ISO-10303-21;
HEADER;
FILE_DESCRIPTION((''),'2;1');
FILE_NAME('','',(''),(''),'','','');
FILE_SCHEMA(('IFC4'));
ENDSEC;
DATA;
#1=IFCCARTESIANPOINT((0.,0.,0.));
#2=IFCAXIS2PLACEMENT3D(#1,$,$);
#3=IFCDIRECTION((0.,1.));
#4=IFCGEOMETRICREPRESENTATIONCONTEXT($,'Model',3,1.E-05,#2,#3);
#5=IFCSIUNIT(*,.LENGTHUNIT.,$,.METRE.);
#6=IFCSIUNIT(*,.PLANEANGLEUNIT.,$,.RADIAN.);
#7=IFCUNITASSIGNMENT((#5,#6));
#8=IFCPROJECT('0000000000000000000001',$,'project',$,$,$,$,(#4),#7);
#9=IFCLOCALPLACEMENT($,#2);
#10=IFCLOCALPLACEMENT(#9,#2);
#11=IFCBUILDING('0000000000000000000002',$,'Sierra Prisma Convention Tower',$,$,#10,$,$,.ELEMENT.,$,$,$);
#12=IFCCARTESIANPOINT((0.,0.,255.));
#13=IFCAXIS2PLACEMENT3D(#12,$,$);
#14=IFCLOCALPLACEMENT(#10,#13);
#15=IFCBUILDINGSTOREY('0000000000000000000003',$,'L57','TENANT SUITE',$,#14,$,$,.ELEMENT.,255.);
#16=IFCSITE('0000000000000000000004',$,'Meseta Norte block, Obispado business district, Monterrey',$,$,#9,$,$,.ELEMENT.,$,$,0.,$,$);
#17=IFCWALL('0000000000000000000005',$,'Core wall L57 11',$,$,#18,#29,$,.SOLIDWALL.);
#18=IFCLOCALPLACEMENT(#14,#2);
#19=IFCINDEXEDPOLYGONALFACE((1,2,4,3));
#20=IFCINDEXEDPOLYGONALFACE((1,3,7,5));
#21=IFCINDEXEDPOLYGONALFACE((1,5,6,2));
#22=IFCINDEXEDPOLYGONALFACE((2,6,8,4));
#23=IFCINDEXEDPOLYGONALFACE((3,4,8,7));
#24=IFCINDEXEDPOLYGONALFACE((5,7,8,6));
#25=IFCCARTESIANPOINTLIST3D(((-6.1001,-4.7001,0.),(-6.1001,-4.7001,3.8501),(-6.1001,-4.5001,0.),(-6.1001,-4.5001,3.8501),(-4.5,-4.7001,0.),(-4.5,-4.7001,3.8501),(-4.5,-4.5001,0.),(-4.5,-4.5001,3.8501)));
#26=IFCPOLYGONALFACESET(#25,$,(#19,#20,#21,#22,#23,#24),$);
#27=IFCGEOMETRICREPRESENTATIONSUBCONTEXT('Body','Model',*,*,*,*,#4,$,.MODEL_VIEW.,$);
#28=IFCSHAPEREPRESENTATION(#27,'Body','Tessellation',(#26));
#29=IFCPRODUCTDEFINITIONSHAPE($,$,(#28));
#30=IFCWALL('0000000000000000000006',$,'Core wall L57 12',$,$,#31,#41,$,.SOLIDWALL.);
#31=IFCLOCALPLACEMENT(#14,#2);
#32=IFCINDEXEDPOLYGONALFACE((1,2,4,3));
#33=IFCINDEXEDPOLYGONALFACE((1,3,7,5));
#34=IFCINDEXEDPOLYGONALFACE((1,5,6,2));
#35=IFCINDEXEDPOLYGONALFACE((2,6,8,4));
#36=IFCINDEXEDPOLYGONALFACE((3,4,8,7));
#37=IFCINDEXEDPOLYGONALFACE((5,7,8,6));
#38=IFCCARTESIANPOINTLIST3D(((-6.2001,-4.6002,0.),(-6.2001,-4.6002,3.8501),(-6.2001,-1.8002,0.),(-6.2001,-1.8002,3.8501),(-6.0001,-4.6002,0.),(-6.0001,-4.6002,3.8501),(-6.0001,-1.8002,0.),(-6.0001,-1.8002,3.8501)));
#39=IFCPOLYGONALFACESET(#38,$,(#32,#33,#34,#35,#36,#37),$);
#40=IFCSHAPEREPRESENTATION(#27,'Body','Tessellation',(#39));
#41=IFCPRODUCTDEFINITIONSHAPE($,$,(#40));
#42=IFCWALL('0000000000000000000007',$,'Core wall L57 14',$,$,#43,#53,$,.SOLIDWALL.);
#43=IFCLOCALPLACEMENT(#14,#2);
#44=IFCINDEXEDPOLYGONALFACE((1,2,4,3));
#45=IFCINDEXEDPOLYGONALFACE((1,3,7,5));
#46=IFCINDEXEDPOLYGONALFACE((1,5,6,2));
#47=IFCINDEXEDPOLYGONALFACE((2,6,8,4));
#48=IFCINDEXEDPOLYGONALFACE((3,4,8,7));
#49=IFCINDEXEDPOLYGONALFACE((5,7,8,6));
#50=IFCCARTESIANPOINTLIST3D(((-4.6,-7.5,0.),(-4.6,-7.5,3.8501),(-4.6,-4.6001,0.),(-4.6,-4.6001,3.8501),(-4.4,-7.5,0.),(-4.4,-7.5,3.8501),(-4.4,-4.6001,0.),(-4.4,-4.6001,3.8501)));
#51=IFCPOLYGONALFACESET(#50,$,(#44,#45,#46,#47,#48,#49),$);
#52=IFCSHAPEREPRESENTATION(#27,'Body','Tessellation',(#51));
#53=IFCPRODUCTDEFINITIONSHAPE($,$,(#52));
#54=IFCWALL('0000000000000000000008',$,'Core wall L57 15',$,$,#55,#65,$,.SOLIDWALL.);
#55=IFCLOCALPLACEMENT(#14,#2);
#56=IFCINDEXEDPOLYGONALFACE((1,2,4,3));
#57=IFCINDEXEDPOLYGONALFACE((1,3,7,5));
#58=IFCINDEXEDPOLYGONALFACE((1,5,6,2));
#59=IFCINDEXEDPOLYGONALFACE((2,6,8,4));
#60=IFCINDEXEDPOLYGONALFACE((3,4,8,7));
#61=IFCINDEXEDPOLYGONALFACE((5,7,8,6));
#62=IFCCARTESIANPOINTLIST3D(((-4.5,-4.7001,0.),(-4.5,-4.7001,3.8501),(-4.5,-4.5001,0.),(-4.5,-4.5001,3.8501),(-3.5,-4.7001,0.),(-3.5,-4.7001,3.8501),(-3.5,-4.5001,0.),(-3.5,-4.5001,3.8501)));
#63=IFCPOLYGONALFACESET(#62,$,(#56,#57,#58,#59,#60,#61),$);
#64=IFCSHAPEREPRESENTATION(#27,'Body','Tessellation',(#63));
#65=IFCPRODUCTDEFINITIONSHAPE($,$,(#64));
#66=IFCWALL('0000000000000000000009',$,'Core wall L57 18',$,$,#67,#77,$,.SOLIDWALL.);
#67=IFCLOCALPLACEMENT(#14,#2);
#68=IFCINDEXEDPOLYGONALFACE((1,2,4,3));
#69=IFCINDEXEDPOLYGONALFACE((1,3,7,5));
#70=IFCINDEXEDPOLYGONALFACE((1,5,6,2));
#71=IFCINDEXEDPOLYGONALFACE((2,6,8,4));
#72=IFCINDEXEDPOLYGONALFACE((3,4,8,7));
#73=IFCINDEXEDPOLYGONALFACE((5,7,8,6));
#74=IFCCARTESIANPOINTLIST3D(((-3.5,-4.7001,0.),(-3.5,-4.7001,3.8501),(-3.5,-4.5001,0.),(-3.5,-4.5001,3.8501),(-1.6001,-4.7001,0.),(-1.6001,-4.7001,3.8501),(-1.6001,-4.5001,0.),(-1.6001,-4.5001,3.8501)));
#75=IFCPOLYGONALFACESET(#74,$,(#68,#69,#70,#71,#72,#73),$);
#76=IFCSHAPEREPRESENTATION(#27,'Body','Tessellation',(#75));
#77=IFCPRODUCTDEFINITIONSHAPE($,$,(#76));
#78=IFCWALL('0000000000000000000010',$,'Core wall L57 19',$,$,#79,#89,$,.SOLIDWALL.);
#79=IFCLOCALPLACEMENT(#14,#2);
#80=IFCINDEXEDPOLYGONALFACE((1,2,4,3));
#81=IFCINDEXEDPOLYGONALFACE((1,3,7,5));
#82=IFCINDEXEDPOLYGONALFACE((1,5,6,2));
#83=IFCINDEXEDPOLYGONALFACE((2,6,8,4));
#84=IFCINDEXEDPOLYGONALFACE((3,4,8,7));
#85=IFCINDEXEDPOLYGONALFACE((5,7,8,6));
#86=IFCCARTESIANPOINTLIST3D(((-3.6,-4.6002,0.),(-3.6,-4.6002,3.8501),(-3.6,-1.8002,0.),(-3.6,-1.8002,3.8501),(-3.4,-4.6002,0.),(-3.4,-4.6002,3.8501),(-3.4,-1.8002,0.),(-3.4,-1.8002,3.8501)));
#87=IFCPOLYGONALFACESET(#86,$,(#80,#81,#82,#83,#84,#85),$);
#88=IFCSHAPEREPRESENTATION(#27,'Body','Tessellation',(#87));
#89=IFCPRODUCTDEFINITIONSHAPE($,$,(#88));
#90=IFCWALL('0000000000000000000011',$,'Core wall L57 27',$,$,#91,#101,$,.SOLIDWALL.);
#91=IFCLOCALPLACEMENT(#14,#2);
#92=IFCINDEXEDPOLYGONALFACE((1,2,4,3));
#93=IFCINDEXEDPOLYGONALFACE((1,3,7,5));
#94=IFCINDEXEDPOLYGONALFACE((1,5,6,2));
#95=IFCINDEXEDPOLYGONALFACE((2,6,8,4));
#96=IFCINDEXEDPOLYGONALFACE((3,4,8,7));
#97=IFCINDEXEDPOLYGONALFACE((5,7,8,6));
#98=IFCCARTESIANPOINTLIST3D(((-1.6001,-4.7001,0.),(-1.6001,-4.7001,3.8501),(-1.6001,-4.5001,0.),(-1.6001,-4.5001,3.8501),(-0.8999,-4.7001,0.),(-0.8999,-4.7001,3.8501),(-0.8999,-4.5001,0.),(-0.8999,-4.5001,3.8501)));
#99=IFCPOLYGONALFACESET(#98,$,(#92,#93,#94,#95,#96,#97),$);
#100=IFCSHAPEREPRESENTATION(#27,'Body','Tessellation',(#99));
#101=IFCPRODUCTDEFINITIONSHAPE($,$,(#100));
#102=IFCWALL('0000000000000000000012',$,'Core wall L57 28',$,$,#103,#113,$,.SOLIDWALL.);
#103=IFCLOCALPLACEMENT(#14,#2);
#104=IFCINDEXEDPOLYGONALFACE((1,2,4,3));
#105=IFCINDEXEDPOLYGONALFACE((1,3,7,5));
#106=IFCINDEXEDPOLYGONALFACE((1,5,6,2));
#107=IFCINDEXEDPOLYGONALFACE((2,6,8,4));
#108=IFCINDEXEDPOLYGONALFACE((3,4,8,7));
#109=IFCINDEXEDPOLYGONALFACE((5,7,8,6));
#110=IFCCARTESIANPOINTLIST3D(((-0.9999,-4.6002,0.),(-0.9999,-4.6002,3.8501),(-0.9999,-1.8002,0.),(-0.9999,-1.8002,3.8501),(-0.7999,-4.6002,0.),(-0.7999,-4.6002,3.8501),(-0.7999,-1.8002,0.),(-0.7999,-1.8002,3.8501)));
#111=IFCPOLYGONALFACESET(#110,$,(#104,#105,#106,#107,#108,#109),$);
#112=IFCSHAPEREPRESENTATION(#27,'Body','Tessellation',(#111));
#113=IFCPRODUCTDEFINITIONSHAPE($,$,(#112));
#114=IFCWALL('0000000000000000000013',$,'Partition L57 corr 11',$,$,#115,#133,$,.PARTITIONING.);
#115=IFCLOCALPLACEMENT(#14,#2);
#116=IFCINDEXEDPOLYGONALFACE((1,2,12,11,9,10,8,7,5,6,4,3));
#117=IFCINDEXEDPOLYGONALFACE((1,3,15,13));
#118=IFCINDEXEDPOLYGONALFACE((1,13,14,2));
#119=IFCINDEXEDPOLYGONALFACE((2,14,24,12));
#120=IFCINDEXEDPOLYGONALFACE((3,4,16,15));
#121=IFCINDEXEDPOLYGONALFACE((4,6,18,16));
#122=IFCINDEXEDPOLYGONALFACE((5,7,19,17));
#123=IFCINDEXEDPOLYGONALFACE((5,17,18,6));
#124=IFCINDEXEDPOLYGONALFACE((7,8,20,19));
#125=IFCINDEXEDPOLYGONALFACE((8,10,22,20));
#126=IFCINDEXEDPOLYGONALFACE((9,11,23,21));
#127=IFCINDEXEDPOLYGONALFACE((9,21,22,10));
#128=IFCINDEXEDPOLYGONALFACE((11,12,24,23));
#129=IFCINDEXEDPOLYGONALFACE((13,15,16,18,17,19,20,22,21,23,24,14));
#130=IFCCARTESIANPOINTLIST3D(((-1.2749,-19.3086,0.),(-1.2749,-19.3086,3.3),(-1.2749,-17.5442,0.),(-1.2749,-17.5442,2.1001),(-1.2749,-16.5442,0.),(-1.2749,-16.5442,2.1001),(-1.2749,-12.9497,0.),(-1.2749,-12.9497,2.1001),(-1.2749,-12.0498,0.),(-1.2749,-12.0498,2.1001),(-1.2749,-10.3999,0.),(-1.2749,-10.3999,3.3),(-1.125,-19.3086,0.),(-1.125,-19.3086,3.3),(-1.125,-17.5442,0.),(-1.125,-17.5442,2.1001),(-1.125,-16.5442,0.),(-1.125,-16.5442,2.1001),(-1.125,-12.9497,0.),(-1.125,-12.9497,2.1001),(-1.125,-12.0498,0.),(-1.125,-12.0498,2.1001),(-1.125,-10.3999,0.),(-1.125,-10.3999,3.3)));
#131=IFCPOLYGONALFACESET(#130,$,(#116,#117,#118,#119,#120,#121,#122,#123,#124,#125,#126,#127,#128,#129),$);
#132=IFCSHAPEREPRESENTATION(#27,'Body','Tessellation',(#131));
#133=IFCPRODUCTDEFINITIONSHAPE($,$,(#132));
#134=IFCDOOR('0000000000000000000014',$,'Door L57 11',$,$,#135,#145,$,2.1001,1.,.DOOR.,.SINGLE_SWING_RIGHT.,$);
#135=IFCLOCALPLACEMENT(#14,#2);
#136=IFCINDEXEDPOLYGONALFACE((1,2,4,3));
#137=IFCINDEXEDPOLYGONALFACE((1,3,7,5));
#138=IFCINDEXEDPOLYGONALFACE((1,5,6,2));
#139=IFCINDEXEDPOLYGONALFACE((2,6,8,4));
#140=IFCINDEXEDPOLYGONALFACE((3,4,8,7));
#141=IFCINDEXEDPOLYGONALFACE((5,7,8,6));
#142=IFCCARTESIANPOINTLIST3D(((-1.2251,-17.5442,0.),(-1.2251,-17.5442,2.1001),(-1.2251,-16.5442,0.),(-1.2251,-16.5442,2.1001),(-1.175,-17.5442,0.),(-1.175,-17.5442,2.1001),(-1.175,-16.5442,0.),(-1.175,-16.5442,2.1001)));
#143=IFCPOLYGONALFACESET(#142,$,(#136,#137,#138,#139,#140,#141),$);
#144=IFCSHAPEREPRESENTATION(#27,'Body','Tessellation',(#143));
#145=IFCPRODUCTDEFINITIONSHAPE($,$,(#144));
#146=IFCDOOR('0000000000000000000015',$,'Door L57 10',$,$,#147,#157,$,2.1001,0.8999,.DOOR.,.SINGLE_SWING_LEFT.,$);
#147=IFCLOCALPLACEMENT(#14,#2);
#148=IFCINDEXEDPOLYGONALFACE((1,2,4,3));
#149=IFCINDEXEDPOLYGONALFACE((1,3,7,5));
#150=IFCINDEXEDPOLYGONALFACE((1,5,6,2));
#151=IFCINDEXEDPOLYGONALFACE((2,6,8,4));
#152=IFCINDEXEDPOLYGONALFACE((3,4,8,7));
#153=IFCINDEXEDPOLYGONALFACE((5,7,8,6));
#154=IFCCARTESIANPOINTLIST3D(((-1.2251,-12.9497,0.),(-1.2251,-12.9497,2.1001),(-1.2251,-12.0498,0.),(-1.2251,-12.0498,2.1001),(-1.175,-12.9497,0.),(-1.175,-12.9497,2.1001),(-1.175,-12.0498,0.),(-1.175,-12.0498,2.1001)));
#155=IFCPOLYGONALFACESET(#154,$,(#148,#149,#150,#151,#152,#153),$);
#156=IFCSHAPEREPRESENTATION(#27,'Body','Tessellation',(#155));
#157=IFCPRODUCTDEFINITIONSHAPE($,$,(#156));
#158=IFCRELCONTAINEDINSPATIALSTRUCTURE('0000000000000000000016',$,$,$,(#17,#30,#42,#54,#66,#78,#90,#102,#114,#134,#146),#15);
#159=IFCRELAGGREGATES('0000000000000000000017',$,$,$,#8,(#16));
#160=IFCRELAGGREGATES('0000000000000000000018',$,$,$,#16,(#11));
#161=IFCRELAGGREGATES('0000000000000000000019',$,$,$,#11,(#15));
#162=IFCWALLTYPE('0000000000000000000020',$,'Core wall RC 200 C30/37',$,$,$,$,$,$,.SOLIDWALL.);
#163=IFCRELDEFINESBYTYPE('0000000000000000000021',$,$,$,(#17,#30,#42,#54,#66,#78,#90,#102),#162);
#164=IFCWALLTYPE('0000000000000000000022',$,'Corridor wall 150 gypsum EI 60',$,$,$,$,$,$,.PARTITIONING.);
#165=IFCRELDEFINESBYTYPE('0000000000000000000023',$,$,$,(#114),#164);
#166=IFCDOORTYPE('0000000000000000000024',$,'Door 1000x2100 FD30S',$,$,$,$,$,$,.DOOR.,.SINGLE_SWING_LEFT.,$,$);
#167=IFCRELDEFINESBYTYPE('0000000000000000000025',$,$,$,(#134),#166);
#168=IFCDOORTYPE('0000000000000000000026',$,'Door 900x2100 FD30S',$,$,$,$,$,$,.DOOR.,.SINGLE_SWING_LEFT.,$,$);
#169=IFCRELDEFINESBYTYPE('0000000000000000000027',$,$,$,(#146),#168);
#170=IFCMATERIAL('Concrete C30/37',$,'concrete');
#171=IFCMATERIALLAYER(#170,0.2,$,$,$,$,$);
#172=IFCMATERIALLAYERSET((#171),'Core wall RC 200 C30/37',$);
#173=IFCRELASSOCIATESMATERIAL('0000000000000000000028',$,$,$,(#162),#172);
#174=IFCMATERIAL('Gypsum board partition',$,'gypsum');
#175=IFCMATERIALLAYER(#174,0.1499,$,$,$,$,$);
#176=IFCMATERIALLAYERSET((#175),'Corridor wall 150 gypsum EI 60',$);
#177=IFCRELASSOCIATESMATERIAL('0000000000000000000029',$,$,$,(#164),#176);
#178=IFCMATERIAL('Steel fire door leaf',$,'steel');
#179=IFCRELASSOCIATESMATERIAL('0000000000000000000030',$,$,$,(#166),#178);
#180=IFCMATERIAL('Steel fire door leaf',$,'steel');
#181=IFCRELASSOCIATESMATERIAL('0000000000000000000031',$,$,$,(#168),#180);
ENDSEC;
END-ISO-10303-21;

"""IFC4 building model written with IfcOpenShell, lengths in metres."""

from ifc_helpers import new_model, si_unit, direction, frame, frame_2d, origin, place, context, subcontext, project, spatial, rectangle, extrude, material, layer, layer_set, type_object, element, fill, save


model = new_model("IFC4")

# Units and contexts
model_context = context("Model", 3, precision=1e-05, world=origin(), true_north=direction((0.0, 1.0)))
body_context = subcontext(model_context, "Body", "Model", "MODEL_VIEW")
ifc_project = project(units=[si_unit("LENGTHUNIT", "METRE"), si_unit("PLANEANGLEUNIT", "RADIAN")], contexts=[model_context])

# Site, building, storey
site_placement = place(None, origin())
site = spatial("IfcSite", under=ifc_project, at=site_placement, Name="Meseta Norte block, Obispado business district, Monterrey", CompositionType="ELEMENT", RefElevation=0.0)
building_placement = place(site_placement, origin())
building = spatial("IfcBuilding", under=site, at=building_placement, Name="Sierra Prisma Convention Tower", CompositionType="ELEMENT")
storey_placement = place(building_placement, frame((0.0, 0.0, 255.0)))
storey = spatial("IfcBuildingStorey", under=building, at=storey_placement, Name="L57", Description="TENANT SUITE", CompositionType="ELEMENT", Elevation=255.0)

# Walls
ifc_material_1 = material(Name="Concrete C30/37", Category="concrete")
ifc_layer_1 = layer(ifc_material_1, 0.2)
ifc_layer_set_1 = layer_set([ifc_layer_1], Name="Core wall RC 200 C30/37")
wall_type_1 = type_object("IfcWallType", Name="Core wall RC 200 C30/37", PredefinedType="SOLIDWALL", material=ifc_layer_set_1)
wall_1_placement = place(storey_placement, frame((-6.1001, -4.6001, 0.0), z_axis=(0.0, 0.0, 1.0), x_axis=(1.0, 0.0, 0.0)))
element("IfcWall", 1, at=wall_1_placement, inside=storey, type_object=wall_type_1, Name="Core wall L57 11", PredefinedType="SOLIDWALL", context=body_context, shape_type="SweptSolid", body=[
    extrude(rectangle(XDim=1.6001, YDim=0.2, at=frame_2d((0.8, 0.0))), origin(), (0.0, 0.0, 1.0), 3.8501),
])
wall_2_placement = place(storey_placement, frame((-6.1001, -4.6001, 0.0), z_axis=(0.0, 0.0, 1.0), x_axis=(0.0, 1.0, 0.0)))
element("IfcWall", 2, at=wall_2_placement, inside=storey, type_object=wall_type_1, Name="Core wall L57 12", PredefinedType="SOLIDWALL", context=body_context, shape_type="SweptSolid", body=[
    extrude(rectangle(XDim=2.8, YDim=0.2, at=frame_2d((1.3999, 0.0))), origin(), (0.0, 0.0, 1.0), 3.8501),
])
wall_3_placement = place(storey_placement, frame((-4.5, -4.6001, 0.0), z_axis=(0.0, 0.0, 1.0), x_axis=(0.0, -1.0, 0.0)))
element("IfcWall", 3, at=wall_3_placement, inside=storey, type_object=wall_type_1, Name="Core wall L57 14", PredefinedType="SOLIDWALL", context=body_context, shape_type="SweptSolid", body=[
    extrude(rectangle(XDim=2.8999, YDim=0.2, at=frame_2d((1.45, 0.0))), origin(), (0.0, 0.0, 1.0), 3.8501),
])
wall_4_placement = place(storey_placement, frame((-4.5, -4.6001, 0.0), z_axis=(0.0, 0.0, 1.0), x_axis=(1.0, 0.0, 0.0)))
element("IfcWall", 4, at=wall_4_placement, inside=storey, type_object=wall_type_1, Name="Core wall L57 15", PredefinedType="SOLIDWALL", context=body_context, shape_type="SweptSolid", body=[
    extrude(rectangle(XDim=1.0, YDim=0.2, at=frame_2d((0.5, 0.0))), origin(), (0.0, 0.0, 1.0), 3.8501),
])
wall_5_placement = place(storey_placement, frame((-3.5, -4.6001, 0.0), z_axis=(0.0, 0.0, 1.0), x_axis=(1.0, 0.0, 0.0)))
element("IfcWall", 5, at=wall_5_placement, inside=storey, type_object=wall_type_1, Name="Core wall L57 18", PredefinedType="SOLIDWALL", context=body_context, shape_type="SweptSolid", body=[
    extrude(rectangle(XDim=1.8999, YDim=0.2, at=frame_2d((0.95, 0.0))), origin(), (0.0, 0.0, 1.0), 3.8501),
])
wall_6_placement = place(storey_placement, frame((-3.5, -4.6001, 0.0), z_axis=(0.0, 0.0, 1.0), x_axis=(0.0, 1.0, 0.0)))
element("IfcWall", 6, at=wall_6_placement, inside=storey, type_object=wall_type_1, Name="Core wall L57 19", PredefinedType="SOLIDWALL", context=body_context, shape_type="SweptSolid", body=[
    extrude(rectangle(XDim=2.8, YDim=0.2, at=frame_2d((1.3999, 0.0))), origin(), (0.0, 0.0, 1.0), 3.8501),
])

# Walls
wall_7_placement = place(storey_placement, frame((-1.6001, -4.6001, 0.0), z_axis=(0.0, 0.0, 1.0), x_axis=(1.0, 0.0, 0.0)))
element("IfcWall", 7, at=wall_7_placement, inside=storey, type_object=wall_type_1, Name="Core wall L57 27", PredefinedType="SOLIDWALL", context=body_context, shape_type="SweptSolid", body=[
    extrude(rectangle(XDim=0.7002, YDim=0.2, at=frame_2d((0.3501, 0.0))), origin(), (0.0, 0.0, 1.0), 3.8501),
])
wall_8_placement = place(storey_placement, frame((-0.8999, -4.6001, 0.0), z_axis=(0.0, 0.0, 1.0), x_axis=(0.0, 1.0, 0.0)))
element("IfcWall", 8, at=wall_8_placement, inside=storey, type_object=wall_type_1, Name="Core wall L57 28", PredefinedType="SOLIDWALL", context=body_context, shape_type="SweptSolid", body=[
    extrude(rectangle(XDim=2.8, YDim=0.2, at=frame_2d((1.3999, 0.0))), origin(), (0.0, 0.0, 1.0), 3.8501),
])

# Wall, openings, doors
ifc_material_2 = material(Name="Gypsum board partition", Category="gypsum")
ifc_layer_2 = layer(ifc_material_2, 0.1499)
ifc_layer_set_2 = layer_set([ifc_layer_2], Name="Corridor wall 150 gypsum EI 60")
wall_type_2 = type_object("IfcWallType", Name="Corridor wall 150 gypsum EI 60", PredefinedType="PARTITIONING", material=ifc_layer_set_2)
wall_9_placement = place(storey_placement, frame((-1.2, -10.3999, 0.0), z_axis=(0.0, 0.0, 1.0), x_axis=(0.0, -1.0, 0.0)))
wall_9 = element("IfcWall", 9, at=wall_9_placement, inside=storey, type_object=wall_type_2, Name="Partition L57 corr 11", PredefinedType="PARTITIONING", context=body_context, shape_type="SweptSolid", body=[
    extrude(rectangle(XDim=8.9087, YDim=0.1499, at=frame_2d((4.4543, 0.0))), origin(), (0.0, 0.0, 1.0), 3.3),
])
opening_1_placement = place(wall_9_placement, frame((1.6499, 0.0, 0.0)))
opening_1 = element("IfcOpeningElement", 10, at=opening_1_placement, cuts=wall_9, PredefinedType="OPENING", context=body_context, shape_type="SweptSolid", body=[
    extrude(rectangle(XDim=0.8999, YDim=2.1001, at=frame_2d((0.45, 1.05))), frame((0.0, 0.075, 0.0), z_axis=(0.0, -1.0, 0.0), x_axis=(1.0, 0.0, 0.0)), (0.0, 0.0, 1.0), 0.1499),
])
opening_2_placement = place(wall_9_placement, frame((6.1443, 0.0, 0.0)))
opening_2 = element("IfcOpeningElement", 11, at=opening_2_placement, cuts=wall_9, PredefinedType="OPENING", context=body_context, shape_type="SweptSolid", body=[
    extrude(rectangle(XDim=1.0, YDim=2.1001, at=frame_2d((0.5, 1.05))), frame((0.0, 0.075, 0.0), z_axis=(0.0, -1.0, 0.0), x_axis=(1.0, 0.0, 0.0)), (0.0, 0.0, 1.0), 0.1499),
])
ifc_material_3 = material(Name="Steel fire door leaf", Category="steel")
door_type_1 = type_object("IfcDoorType", Name="Door 1000x2100 FD30S", OperationType="SINGLE_SWING_LEFT", PredefinedType="DOOR", material=ifc_material_3)
door_1_placement = place(opening_2_placement, origin())
door_1 = element("IfcDoor", 12, at=door_1_placement, inside=storey, type_object=door_type_1, Name="Door L57 11", OperationType="SINGLE_SWING_RIGHT", OverallHeight=2.1001, OverallWidth=1.0, PredefinedType="DOOR", context=body_context, shape_type="SweptSolid", body=[
    extrude(rectangle(XDim=1.0, YDim=2.1001, at=frame_2d((0.5, 1.05))), frame((0.0, 0.0249, 0.0), z_axis=(0.0, -1.0, 0.0), x_axis=(1.0, 0.0, 0.0)), (0.0, 0.0, 1.0), 0.05),
])
fill(opening_2, door_1)
ifc_material_4 = material(Name="Steel fire door leaf", Category="steel")
door_type_2 = type_object("IfcDoorType", Name="Door 900x2100 FD30S", OperationType="SINGLE_SWING_LEFT", PredefinedType="DOOR", material=ifc_material_4)
door_2_placement = place(opening_1_placement, origin())
door_2 = element("IfcDoor", 13, at=door_2_placement, inside=storey, type_object=door_type_2, Name="Door L57 10", OperationType="SINGLE_SWING_LEFT", OverallHeight=2.1001, OverallWidth=0.8999, PredefinedType="DOOR", context=body_context, shape_type="SweptSolid", body=[
    extrude(rectangle(XDim=0.8999, YDim=2.1001, at=frame_2d((0.45, 1.05))), frame((0.0, 0.0249, 0.0), z_axis=(0.0, -1.0, 0.0), x_axis=(1.0, 0.0, 0.0)), (0.0, 0.0, 1.0), 0.05),
])
fill(opening_1, door_2)

save(model, "model.ifc")
